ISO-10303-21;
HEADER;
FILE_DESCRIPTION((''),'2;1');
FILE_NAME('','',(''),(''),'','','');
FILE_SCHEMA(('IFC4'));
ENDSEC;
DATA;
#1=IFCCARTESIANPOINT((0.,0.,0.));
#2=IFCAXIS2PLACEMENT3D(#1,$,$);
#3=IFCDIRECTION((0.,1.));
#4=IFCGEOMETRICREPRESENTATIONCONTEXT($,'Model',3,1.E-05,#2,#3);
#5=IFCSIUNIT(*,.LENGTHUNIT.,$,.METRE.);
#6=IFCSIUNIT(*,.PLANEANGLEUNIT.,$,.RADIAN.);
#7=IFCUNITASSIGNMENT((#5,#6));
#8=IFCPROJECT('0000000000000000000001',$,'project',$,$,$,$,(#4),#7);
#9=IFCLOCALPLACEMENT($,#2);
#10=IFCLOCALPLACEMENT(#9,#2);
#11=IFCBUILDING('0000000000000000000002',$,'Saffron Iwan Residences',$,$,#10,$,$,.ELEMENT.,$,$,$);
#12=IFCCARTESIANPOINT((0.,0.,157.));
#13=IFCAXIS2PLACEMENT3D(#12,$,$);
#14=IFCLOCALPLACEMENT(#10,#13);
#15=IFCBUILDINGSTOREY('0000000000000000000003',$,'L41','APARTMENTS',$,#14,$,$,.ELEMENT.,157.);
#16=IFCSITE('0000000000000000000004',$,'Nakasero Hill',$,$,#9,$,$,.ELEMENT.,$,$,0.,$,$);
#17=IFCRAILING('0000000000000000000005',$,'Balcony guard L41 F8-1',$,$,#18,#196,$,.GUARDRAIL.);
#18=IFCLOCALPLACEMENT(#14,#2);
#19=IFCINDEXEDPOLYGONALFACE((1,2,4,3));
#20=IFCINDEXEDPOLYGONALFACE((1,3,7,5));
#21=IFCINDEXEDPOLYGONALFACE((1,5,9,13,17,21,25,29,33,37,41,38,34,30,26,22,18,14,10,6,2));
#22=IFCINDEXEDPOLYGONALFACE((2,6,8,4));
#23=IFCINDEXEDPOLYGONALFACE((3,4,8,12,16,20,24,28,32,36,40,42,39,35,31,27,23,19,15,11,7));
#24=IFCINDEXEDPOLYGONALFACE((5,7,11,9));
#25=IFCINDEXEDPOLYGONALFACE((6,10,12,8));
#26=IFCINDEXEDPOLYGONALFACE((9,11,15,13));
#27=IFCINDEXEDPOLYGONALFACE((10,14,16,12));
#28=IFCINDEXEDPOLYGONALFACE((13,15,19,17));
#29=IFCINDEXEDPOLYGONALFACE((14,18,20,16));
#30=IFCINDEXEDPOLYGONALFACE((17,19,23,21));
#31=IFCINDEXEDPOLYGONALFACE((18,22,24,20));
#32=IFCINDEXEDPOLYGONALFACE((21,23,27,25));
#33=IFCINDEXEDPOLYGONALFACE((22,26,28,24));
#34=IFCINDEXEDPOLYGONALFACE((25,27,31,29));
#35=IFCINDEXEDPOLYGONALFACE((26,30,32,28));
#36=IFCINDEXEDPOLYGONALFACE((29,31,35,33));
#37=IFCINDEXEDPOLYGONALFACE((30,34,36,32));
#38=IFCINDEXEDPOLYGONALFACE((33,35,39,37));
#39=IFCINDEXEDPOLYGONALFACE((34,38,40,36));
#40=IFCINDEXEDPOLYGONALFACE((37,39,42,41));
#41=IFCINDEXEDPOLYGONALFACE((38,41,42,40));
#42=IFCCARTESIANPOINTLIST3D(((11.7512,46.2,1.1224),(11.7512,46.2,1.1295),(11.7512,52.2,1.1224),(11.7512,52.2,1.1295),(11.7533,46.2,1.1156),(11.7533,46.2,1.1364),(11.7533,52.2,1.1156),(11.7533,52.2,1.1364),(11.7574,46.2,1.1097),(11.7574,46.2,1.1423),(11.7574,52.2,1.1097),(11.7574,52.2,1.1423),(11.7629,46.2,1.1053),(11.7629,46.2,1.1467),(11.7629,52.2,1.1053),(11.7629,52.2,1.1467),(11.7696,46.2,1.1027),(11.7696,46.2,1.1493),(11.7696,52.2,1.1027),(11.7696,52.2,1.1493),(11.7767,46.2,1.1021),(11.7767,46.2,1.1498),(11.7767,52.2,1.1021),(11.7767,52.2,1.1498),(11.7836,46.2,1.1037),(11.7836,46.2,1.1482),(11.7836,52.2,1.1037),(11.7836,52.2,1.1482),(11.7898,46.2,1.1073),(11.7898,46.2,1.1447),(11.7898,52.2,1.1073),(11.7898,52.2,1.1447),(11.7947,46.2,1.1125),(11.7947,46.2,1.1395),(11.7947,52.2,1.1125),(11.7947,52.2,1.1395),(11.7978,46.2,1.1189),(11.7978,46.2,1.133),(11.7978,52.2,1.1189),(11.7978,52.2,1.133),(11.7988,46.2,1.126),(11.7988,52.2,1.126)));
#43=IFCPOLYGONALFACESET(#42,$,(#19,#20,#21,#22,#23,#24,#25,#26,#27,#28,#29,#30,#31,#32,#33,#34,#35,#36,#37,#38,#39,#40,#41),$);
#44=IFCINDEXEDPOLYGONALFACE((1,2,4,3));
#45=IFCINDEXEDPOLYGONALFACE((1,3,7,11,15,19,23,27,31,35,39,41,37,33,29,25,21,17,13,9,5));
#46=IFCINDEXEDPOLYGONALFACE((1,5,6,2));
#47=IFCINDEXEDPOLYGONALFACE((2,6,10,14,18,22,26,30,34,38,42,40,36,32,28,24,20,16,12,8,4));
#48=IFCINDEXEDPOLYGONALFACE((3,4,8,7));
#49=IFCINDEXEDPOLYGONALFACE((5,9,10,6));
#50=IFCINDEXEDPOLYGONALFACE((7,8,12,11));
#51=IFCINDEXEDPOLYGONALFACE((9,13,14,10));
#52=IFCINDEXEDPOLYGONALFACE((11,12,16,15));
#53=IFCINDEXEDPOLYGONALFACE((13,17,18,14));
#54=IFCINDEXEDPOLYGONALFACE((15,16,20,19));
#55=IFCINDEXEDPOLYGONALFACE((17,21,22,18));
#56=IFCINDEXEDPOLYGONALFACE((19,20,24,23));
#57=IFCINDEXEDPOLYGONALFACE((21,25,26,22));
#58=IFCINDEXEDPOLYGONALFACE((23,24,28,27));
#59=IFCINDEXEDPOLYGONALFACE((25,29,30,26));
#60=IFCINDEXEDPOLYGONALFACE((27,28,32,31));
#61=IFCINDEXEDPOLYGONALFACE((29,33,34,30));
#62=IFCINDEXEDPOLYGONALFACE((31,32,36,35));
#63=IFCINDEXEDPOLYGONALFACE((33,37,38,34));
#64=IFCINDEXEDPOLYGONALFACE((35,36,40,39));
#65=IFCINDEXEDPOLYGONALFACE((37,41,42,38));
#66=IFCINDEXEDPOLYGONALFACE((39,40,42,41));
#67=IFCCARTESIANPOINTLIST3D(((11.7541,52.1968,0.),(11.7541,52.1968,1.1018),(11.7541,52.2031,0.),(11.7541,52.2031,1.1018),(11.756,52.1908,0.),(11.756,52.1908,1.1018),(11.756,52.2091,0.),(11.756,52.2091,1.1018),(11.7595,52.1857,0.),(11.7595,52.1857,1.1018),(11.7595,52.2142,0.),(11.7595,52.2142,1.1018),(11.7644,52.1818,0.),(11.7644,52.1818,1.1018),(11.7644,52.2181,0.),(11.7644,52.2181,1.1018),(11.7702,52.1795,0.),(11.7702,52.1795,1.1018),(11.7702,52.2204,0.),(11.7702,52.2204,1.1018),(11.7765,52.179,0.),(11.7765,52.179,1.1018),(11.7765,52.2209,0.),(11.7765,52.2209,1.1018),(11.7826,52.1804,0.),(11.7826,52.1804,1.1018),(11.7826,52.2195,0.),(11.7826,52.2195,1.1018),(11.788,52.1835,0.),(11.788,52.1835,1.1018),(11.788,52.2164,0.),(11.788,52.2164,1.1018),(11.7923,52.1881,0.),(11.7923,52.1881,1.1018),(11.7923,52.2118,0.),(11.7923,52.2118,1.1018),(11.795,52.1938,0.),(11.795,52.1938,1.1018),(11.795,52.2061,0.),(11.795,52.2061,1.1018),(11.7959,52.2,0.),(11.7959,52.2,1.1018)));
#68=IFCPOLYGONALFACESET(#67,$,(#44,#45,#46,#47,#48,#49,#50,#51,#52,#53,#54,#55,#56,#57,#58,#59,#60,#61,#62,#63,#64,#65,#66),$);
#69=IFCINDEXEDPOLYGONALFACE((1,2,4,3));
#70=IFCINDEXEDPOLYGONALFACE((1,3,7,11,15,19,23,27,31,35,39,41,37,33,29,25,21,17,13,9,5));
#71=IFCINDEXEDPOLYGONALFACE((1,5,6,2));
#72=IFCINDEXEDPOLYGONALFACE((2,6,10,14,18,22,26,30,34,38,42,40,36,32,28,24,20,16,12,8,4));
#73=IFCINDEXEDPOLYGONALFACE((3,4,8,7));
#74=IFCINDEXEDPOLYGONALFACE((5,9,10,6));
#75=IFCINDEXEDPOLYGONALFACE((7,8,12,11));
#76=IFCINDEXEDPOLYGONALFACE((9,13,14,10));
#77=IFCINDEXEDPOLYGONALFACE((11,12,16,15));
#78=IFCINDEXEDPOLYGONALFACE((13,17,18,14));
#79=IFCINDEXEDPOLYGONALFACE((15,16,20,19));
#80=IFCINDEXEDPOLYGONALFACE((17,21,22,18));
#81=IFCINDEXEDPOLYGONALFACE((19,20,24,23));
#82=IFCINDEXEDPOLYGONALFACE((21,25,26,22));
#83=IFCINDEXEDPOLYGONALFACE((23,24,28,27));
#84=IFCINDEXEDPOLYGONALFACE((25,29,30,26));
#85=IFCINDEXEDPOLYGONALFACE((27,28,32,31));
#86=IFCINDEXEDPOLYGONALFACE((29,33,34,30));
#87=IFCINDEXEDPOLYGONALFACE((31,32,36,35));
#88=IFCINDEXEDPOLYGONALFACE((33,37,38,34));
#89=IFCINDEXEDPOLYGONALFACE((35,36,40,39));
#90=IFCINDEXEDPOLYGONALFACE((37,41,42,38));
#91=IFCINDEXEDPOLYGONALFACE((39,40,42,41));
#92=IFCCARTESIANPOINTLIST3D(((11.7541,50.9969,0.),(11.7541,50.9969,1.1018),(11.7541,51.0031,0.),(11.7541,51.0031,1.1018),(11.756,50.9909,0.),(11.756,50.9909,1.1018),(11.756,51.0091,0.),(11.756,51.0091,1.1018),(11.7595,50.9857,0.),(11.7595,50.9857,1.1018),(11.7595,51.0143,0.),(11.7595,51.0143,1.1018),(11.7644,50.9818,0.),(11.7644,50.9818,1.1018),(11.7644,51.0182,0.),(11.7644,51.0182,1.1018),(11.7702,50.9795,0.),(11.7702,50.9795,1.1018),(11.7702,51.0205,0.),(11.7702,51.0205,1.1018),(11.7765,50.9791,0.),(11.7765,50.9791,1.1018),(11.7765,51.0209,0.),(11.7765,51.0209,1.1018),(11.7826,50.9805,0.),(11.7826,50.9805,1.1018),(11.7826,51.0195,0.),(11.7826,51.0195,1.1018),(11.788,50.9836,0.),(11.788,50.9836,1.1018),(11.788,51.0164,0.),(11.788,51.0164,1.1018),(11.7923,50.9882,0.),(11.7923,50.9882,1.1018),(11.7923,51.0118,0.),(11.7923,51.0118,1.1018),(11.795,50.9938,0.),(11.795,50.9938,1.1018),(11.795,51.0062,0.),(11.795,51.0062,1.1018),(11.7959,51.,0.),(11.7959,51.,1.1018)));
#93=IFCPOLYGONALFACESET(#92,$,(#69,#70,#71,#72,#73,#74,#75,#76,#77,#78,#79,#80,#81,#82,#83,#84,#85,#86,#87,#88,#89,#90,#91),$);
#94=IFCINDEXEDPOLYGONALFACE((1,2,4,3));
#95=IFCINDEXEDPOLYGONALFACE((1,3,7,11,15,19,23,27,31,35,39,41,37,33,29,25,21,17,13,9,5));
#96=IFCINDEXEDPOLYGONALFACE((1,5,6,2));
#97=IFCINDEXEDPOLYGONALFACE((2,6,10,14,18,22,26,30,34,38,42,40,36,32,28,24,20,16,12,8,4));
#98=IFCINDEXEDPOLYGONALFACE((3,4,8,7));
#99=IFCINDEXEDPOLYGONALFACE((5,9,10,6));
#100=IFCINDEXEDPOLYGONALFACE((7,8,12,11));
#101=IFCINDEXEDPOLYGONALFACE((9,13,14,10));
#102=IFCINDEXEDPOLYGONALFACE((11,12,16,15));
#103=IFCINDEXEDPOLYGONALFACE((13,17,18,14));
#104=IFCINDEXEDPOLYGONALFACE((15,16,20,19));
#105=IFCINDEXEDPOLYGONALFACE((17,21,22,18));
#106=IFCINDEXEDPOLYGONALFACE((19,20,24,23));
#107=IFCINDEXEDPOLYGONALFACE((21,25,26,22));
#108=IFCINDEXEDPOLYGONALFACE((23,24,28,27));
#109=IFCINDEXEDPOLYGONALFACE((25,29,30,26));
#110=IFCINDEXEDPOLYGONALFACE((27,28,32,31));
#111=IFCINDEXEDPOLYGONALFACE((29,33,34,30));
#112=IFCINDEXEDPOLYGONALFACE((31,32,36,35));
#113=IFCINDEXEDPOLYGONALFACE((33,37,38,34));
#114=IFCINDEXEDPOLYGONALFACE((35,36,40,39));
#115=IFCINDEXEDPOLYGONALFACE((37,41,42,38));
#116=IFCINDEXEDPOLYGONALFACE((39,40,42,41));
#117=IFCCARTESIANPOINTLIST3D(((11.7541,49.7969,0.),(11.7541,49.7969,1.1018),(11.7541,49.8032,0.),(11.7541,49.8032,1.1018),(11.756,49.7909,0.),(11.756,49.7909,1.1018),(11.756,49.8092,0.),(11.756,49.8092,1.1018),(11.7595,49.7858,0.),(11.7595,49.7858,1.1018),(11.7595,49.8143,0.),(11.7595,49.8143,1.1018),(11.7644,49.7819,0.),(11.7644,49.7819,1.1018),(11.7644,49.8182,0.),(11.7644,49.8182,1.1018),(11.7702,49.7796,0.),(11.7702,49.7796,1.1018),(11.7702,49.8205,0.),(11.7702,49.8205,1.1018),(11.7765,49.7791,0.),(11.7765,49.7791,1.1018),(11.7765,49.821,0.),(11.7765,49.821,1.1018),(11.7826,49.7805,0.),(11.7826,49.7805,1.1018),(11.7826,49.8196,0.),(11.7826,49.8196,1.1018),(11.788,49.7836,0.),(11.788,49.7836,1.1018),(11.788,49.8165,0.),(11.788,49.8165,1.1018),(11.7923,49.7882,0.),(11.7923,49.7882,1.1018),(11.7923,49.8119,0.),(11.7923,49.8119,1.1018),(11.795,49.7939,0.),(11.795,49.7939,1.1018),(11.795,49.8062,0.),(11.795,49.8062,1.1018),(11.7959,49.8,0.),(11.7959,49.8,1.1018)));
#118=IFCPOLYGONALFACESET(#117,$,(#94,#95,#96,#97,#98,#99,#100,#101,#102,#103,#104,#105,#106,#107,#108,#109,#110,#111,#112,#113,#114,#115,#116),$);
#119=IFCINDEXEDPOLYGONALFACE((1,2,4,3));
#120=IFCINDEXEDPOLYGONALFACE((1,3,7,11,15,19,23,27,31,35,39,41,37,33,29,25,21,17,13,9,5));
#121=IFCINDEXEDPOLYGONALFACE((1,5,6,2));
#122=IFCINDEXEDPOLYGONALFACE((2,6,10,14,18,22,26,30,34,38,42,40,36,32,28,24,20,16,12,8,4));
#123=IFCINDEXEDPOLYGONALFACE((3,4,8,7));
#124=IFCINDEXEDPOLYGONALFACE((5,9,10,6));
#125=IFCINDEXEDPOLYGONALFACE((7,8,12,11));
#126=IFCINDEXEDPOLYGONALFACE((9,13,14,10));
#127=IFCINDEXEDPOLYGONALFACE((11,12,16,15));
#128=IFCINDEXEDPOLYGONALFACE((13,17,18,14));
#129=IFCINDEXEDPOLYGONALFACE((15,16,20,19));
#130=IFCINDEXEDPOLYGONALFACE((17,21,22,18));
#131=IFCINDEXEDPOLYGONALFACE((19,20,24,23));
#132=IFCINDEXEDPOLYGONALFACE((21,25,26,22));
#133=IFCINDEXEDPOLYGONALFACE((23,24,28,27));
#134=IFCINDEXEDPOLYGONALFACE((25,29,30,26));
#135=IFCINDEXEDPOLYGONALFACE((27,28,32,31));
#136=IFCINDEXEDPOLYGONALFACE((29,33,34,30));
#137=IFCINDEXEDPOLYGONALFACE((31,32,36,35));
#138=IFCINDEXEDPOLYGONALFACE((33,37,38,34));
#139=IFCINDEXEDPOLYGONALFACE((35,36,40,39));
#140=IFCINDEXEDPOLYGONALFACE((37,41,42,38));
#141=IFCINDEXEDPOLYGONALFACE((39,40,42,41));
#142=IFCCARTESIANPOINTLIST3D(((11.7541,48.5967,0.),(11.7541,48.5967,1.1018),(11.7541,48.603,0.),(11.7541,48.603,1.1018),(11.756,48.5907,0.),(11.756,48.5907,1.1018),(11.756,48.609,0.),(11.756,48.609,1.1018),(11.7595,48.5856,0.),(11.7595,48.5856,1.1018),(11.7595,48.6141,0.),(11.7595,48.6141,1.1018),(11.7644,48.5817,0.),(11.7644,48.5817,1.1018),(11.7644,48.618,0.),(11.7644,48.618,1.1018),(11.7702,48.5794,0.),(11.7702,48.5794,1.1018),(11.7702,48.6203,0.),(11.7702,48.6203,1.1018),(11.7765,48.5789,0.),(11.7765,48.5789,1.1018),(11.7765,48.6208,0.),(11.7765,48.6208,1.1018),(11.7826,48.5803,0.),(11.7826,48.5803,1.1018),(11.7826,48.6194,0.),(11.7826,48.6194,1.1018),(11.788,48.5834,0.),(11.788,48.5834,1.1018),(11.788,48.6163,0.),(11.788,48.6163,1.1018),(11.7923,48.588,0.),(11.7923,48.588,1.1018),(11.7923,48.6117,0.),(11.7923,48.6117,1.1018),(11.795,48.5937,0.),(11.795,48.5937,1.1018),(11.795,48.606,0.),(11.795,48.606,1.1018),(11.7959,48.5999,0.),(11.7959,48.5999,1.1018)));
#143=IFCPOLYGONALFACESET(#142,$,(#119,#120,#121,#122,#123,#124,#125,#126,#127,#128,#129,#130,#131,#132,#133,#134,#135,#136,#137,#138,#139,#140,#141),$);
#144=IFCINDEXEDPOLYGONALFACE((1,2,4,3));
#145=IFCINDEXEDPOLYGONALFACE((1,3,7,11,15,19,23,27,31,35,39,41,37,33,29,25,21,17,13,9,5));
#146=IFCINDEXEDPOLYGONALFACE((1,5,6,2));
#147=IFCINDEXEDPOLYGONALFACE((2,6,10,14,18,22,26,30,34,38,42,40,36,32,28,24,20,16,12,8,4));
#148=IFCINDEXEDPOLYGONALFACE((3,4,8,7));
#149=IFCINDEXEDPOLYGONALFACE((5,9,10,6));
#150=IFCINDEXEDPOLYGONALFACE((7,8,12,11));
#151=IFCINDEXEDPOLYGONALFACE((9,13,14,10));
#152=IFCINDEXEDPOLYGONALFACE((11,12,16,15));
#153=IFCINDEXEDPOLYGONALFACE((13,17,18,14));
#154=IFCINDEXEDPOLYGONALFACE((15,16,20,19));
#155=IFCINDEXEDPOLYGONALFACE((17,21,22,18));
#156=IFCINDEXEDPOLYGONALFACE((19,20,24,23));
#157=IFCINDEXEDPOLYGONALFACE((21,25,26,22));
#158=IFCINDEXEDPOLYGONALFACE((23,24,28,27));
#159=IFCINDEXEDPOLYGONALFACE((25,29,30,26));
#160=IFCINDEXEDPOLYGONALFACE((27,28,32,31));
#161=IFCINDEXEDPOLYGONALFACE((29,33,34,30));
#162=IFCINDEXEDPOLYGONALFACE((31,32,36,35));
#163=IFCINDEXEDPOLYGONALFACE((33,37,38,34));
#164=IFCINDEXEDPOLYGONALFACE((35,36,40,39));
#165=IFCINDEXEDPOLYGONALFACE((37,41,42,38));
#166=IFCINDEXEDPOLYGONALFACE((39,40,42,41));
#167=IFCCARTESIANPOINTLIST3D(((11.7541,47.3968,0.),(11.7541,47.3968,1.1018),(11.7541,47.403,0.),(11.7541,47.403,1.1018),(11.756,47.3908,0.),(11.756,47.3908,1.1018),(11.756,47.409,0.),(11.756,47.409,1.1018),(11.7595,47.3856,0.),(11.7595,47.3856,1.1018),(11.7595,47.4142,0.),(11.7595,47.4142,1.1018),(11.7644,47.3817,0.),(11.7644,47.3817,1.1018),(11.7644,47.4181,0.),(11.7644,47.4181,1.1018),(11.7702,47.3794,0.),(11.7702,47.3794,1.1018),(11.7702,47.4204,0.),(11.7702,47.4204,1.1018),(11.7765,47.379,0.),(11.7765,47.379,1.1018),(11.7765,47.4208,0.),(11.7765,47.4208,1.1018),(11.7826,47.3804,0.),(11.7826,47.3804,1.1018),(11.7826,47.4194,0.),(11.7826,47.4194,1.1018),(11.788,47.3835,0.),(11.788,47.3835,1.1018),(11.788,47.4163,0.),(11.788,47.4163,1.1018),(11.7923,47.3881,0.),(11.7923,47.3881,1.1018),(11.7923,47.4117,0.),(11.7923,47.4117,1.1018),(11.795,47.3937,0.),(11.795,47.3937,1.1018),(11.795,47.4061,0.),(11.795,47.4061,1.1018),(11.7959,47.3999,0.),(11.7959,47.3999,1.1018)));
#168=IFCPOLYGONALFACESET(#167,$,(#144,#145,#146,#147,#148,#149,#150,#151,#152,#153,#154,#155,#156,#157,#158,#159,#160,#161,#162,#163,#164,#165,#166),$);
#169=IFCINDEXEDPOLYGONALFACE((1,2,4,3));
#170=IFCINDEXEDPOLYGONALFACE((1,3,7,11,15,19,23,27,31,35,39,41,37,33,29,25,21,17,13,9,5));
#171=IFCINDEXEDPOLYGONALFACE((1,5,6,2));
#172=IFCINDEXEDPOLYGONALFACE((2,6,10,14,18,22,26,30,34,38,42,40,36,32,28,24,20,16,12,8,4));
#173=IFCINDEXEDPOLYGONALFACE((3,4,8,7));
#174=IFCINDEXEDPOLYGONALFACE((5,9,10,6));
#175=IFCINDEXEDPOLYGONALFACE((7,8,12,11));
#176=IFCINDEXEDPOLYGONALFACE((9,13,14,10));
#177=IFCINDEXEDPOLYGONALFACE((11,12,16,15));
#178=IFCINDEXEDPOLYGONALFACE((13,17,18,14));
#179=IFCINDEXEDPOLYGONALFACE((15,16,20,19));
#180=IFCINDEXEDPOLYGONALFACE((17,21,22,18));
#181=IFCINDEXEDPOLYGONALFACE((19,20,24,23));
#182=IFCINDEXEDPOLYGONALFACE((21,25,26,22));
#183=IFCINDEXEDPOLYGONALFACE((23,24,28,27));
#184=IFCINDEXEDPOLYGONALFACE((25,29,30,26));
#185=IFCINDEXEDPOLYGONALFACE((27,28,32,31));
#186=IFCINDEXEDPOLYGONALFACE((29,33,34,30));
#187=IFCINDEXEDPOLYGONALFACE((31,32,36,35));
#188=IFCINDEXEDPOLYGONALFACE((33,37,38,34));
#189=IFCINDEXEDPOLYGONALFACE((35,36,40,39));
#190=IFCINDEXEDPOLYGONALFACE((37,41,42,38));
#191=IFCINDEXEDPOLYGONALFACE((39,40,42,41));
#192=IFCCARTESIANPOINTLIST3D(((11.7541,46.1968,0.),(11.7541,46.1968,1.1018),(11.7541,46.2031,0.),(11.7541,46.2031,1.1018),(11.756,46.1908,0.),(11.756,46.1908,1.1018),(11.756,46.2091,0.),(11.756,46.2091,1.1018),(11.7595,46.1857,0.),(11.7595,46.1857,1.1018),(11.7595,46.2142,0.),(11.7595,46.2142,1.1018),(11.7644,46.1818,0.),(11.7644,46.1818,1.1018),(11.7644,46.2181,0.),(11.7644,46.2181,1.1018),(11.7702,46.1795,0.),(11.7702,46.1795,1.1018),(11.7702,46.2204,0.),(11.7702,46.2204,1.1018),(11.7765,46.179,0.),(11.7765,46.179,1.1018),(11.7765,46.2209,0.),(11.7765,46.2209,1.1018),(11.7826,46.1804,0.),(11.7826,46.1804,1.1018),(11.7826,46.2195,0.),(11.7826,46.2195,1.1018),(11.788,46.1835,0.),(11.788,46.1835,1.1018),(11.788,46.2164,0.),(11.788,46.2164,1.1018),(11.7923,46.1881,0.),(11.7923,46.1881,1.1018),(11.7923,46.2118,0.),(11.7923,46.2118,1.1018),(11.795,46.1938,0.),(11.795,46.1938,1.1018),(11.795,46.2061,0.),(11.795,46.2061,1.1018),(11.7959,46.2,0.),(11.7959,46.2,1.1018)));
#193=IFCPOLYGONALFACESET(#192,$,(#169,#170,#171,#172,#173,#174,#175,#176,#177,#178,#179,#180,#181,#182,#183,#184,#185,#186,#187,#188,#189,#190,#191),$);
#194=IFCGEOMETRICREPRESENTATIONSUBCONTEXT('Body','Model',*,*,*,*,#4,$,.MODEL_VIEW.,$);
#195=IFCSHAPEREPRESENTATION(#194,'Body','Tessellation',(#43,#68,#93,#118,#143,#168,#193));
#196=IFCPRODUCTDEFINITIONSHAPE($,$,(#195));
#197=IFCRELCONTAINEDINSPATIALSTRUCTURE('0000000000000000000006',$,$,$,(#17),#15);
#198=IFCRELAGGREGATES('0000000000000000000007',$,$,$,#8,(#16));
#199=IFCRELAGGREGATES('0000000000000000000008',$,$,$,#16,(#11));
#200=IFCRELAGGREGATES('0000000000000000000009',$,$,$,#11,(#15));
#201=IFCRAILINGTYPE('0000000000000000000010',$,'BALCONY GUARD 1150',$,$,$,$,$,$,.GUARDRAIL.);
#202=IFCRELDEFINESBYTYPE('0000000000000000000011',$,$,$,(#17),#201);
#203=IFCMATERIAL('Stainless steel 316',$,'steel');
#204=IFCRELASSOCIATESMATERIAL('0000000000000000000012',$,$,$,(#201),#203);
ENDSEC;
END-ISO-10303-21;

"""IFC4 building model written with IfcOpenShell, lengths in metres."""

from ifc_helpers import new_model, si_unit, direction, frame, origin, origin_2d, place, context, subcontext, project, spatial, circle, extrude, material, type_object, element, save


model = new_model("IFC4")

# Units and contexts
model_context = context("Model", 3, precision=1e-05, world=origin(), true_north=direction((0.0, 1.0)))
body_context = subcontext(model_context, "Body", "Model", "MODEL_VIEW")
ifc_project = project(units=[si_unit("LENGTHUNIT", "METRE"), si_unit("PLANEANGLEUNIT", "RADIAN")], contexts=[model_context])

# Site, building, storey
site_placement = place(None, origin())
site = spatial("IfcSite", under=ifc_project, at=site_placement, Name="Nakasero Hill", CompositionType="ELEMENT", RefElevation=0.0)
building_placement = place(site_placement, origin())
building = spatial("IfcBuilding", under=site, at=building_placement, Name="Saffron Iwan Residences", CompositionType="ELEMENT")
storey_placement = place(building_placement, frame((0.0, 0.0, 157.0)))
storey = spatial("IfcBuildingStorey", under=building, at=storey_placement, Name="L41", Description="APARTMENTS", CompositionType="ELEMENT", Elevation=157.0)

# Railing
ifc_material_1 = material(Name="Stainless steel 316", Category="steel")
railing_type = type_object("IfcRailingType", Name="BALCONY GUARD 1150", PredefinedType="GUARDRAIL", material=ifc_material_1)
for number, where, name in (
    (1, (11.7749, 52.2, 0.0), "Balcony guard L41 F8-1"),
):
    element("IfcRailing", number, at=place(storey_placement, frame(where)), inside=storey, type_object=railing_type, Name=name, PredefinedType="GUARDRAIL", context=body_context, shape_type="SweptSolid", body=[
        extrude(circle(Radius=0.0239, at=origin_2d()), frame((0.0, 0.0, 1.126), z_axis=(0.0, -1.0, 0.0), x_axis=(1.0, 0.0, 0.0)), (0.0, 0.0, 1.0), 6.0),
        extrude(circle(Radius=0.021, at=origin_2d()), origin(), (0.0, 0.0, 1.0), 1.1018),
        extrude(circle(Radius=0.021, at=origin_2d()), frame((0.0, -1.2, 0.0)), (0.0, 0.0, 1.0), 1.1018),
        extrude(circle(Radius=0.021, at=origin_2d()), frame((0.0, -2.3999, 0.0)), (0.0, 0.0, 1.0), 1.1018),
        extrude(circle(Radius=0.021, at=origin_2d()), frame((0.0, -3.6001, 0.0)), (0.0, 0.0, 1.0), 1.1018),
        extrude(circle(Radius=0.021, at=origin_2d()), frame((0.0, -4.8, 0.0)), (0.0, 0.0, 1.0), 1.1018),
        extrude(circle(Radius=0.021, at=origin_2d()), frame((0.0, -6.0, 0.0)), (0.0, 0.0, 1.0), 1.1018),
    ])

save(model, "model.ifc")
